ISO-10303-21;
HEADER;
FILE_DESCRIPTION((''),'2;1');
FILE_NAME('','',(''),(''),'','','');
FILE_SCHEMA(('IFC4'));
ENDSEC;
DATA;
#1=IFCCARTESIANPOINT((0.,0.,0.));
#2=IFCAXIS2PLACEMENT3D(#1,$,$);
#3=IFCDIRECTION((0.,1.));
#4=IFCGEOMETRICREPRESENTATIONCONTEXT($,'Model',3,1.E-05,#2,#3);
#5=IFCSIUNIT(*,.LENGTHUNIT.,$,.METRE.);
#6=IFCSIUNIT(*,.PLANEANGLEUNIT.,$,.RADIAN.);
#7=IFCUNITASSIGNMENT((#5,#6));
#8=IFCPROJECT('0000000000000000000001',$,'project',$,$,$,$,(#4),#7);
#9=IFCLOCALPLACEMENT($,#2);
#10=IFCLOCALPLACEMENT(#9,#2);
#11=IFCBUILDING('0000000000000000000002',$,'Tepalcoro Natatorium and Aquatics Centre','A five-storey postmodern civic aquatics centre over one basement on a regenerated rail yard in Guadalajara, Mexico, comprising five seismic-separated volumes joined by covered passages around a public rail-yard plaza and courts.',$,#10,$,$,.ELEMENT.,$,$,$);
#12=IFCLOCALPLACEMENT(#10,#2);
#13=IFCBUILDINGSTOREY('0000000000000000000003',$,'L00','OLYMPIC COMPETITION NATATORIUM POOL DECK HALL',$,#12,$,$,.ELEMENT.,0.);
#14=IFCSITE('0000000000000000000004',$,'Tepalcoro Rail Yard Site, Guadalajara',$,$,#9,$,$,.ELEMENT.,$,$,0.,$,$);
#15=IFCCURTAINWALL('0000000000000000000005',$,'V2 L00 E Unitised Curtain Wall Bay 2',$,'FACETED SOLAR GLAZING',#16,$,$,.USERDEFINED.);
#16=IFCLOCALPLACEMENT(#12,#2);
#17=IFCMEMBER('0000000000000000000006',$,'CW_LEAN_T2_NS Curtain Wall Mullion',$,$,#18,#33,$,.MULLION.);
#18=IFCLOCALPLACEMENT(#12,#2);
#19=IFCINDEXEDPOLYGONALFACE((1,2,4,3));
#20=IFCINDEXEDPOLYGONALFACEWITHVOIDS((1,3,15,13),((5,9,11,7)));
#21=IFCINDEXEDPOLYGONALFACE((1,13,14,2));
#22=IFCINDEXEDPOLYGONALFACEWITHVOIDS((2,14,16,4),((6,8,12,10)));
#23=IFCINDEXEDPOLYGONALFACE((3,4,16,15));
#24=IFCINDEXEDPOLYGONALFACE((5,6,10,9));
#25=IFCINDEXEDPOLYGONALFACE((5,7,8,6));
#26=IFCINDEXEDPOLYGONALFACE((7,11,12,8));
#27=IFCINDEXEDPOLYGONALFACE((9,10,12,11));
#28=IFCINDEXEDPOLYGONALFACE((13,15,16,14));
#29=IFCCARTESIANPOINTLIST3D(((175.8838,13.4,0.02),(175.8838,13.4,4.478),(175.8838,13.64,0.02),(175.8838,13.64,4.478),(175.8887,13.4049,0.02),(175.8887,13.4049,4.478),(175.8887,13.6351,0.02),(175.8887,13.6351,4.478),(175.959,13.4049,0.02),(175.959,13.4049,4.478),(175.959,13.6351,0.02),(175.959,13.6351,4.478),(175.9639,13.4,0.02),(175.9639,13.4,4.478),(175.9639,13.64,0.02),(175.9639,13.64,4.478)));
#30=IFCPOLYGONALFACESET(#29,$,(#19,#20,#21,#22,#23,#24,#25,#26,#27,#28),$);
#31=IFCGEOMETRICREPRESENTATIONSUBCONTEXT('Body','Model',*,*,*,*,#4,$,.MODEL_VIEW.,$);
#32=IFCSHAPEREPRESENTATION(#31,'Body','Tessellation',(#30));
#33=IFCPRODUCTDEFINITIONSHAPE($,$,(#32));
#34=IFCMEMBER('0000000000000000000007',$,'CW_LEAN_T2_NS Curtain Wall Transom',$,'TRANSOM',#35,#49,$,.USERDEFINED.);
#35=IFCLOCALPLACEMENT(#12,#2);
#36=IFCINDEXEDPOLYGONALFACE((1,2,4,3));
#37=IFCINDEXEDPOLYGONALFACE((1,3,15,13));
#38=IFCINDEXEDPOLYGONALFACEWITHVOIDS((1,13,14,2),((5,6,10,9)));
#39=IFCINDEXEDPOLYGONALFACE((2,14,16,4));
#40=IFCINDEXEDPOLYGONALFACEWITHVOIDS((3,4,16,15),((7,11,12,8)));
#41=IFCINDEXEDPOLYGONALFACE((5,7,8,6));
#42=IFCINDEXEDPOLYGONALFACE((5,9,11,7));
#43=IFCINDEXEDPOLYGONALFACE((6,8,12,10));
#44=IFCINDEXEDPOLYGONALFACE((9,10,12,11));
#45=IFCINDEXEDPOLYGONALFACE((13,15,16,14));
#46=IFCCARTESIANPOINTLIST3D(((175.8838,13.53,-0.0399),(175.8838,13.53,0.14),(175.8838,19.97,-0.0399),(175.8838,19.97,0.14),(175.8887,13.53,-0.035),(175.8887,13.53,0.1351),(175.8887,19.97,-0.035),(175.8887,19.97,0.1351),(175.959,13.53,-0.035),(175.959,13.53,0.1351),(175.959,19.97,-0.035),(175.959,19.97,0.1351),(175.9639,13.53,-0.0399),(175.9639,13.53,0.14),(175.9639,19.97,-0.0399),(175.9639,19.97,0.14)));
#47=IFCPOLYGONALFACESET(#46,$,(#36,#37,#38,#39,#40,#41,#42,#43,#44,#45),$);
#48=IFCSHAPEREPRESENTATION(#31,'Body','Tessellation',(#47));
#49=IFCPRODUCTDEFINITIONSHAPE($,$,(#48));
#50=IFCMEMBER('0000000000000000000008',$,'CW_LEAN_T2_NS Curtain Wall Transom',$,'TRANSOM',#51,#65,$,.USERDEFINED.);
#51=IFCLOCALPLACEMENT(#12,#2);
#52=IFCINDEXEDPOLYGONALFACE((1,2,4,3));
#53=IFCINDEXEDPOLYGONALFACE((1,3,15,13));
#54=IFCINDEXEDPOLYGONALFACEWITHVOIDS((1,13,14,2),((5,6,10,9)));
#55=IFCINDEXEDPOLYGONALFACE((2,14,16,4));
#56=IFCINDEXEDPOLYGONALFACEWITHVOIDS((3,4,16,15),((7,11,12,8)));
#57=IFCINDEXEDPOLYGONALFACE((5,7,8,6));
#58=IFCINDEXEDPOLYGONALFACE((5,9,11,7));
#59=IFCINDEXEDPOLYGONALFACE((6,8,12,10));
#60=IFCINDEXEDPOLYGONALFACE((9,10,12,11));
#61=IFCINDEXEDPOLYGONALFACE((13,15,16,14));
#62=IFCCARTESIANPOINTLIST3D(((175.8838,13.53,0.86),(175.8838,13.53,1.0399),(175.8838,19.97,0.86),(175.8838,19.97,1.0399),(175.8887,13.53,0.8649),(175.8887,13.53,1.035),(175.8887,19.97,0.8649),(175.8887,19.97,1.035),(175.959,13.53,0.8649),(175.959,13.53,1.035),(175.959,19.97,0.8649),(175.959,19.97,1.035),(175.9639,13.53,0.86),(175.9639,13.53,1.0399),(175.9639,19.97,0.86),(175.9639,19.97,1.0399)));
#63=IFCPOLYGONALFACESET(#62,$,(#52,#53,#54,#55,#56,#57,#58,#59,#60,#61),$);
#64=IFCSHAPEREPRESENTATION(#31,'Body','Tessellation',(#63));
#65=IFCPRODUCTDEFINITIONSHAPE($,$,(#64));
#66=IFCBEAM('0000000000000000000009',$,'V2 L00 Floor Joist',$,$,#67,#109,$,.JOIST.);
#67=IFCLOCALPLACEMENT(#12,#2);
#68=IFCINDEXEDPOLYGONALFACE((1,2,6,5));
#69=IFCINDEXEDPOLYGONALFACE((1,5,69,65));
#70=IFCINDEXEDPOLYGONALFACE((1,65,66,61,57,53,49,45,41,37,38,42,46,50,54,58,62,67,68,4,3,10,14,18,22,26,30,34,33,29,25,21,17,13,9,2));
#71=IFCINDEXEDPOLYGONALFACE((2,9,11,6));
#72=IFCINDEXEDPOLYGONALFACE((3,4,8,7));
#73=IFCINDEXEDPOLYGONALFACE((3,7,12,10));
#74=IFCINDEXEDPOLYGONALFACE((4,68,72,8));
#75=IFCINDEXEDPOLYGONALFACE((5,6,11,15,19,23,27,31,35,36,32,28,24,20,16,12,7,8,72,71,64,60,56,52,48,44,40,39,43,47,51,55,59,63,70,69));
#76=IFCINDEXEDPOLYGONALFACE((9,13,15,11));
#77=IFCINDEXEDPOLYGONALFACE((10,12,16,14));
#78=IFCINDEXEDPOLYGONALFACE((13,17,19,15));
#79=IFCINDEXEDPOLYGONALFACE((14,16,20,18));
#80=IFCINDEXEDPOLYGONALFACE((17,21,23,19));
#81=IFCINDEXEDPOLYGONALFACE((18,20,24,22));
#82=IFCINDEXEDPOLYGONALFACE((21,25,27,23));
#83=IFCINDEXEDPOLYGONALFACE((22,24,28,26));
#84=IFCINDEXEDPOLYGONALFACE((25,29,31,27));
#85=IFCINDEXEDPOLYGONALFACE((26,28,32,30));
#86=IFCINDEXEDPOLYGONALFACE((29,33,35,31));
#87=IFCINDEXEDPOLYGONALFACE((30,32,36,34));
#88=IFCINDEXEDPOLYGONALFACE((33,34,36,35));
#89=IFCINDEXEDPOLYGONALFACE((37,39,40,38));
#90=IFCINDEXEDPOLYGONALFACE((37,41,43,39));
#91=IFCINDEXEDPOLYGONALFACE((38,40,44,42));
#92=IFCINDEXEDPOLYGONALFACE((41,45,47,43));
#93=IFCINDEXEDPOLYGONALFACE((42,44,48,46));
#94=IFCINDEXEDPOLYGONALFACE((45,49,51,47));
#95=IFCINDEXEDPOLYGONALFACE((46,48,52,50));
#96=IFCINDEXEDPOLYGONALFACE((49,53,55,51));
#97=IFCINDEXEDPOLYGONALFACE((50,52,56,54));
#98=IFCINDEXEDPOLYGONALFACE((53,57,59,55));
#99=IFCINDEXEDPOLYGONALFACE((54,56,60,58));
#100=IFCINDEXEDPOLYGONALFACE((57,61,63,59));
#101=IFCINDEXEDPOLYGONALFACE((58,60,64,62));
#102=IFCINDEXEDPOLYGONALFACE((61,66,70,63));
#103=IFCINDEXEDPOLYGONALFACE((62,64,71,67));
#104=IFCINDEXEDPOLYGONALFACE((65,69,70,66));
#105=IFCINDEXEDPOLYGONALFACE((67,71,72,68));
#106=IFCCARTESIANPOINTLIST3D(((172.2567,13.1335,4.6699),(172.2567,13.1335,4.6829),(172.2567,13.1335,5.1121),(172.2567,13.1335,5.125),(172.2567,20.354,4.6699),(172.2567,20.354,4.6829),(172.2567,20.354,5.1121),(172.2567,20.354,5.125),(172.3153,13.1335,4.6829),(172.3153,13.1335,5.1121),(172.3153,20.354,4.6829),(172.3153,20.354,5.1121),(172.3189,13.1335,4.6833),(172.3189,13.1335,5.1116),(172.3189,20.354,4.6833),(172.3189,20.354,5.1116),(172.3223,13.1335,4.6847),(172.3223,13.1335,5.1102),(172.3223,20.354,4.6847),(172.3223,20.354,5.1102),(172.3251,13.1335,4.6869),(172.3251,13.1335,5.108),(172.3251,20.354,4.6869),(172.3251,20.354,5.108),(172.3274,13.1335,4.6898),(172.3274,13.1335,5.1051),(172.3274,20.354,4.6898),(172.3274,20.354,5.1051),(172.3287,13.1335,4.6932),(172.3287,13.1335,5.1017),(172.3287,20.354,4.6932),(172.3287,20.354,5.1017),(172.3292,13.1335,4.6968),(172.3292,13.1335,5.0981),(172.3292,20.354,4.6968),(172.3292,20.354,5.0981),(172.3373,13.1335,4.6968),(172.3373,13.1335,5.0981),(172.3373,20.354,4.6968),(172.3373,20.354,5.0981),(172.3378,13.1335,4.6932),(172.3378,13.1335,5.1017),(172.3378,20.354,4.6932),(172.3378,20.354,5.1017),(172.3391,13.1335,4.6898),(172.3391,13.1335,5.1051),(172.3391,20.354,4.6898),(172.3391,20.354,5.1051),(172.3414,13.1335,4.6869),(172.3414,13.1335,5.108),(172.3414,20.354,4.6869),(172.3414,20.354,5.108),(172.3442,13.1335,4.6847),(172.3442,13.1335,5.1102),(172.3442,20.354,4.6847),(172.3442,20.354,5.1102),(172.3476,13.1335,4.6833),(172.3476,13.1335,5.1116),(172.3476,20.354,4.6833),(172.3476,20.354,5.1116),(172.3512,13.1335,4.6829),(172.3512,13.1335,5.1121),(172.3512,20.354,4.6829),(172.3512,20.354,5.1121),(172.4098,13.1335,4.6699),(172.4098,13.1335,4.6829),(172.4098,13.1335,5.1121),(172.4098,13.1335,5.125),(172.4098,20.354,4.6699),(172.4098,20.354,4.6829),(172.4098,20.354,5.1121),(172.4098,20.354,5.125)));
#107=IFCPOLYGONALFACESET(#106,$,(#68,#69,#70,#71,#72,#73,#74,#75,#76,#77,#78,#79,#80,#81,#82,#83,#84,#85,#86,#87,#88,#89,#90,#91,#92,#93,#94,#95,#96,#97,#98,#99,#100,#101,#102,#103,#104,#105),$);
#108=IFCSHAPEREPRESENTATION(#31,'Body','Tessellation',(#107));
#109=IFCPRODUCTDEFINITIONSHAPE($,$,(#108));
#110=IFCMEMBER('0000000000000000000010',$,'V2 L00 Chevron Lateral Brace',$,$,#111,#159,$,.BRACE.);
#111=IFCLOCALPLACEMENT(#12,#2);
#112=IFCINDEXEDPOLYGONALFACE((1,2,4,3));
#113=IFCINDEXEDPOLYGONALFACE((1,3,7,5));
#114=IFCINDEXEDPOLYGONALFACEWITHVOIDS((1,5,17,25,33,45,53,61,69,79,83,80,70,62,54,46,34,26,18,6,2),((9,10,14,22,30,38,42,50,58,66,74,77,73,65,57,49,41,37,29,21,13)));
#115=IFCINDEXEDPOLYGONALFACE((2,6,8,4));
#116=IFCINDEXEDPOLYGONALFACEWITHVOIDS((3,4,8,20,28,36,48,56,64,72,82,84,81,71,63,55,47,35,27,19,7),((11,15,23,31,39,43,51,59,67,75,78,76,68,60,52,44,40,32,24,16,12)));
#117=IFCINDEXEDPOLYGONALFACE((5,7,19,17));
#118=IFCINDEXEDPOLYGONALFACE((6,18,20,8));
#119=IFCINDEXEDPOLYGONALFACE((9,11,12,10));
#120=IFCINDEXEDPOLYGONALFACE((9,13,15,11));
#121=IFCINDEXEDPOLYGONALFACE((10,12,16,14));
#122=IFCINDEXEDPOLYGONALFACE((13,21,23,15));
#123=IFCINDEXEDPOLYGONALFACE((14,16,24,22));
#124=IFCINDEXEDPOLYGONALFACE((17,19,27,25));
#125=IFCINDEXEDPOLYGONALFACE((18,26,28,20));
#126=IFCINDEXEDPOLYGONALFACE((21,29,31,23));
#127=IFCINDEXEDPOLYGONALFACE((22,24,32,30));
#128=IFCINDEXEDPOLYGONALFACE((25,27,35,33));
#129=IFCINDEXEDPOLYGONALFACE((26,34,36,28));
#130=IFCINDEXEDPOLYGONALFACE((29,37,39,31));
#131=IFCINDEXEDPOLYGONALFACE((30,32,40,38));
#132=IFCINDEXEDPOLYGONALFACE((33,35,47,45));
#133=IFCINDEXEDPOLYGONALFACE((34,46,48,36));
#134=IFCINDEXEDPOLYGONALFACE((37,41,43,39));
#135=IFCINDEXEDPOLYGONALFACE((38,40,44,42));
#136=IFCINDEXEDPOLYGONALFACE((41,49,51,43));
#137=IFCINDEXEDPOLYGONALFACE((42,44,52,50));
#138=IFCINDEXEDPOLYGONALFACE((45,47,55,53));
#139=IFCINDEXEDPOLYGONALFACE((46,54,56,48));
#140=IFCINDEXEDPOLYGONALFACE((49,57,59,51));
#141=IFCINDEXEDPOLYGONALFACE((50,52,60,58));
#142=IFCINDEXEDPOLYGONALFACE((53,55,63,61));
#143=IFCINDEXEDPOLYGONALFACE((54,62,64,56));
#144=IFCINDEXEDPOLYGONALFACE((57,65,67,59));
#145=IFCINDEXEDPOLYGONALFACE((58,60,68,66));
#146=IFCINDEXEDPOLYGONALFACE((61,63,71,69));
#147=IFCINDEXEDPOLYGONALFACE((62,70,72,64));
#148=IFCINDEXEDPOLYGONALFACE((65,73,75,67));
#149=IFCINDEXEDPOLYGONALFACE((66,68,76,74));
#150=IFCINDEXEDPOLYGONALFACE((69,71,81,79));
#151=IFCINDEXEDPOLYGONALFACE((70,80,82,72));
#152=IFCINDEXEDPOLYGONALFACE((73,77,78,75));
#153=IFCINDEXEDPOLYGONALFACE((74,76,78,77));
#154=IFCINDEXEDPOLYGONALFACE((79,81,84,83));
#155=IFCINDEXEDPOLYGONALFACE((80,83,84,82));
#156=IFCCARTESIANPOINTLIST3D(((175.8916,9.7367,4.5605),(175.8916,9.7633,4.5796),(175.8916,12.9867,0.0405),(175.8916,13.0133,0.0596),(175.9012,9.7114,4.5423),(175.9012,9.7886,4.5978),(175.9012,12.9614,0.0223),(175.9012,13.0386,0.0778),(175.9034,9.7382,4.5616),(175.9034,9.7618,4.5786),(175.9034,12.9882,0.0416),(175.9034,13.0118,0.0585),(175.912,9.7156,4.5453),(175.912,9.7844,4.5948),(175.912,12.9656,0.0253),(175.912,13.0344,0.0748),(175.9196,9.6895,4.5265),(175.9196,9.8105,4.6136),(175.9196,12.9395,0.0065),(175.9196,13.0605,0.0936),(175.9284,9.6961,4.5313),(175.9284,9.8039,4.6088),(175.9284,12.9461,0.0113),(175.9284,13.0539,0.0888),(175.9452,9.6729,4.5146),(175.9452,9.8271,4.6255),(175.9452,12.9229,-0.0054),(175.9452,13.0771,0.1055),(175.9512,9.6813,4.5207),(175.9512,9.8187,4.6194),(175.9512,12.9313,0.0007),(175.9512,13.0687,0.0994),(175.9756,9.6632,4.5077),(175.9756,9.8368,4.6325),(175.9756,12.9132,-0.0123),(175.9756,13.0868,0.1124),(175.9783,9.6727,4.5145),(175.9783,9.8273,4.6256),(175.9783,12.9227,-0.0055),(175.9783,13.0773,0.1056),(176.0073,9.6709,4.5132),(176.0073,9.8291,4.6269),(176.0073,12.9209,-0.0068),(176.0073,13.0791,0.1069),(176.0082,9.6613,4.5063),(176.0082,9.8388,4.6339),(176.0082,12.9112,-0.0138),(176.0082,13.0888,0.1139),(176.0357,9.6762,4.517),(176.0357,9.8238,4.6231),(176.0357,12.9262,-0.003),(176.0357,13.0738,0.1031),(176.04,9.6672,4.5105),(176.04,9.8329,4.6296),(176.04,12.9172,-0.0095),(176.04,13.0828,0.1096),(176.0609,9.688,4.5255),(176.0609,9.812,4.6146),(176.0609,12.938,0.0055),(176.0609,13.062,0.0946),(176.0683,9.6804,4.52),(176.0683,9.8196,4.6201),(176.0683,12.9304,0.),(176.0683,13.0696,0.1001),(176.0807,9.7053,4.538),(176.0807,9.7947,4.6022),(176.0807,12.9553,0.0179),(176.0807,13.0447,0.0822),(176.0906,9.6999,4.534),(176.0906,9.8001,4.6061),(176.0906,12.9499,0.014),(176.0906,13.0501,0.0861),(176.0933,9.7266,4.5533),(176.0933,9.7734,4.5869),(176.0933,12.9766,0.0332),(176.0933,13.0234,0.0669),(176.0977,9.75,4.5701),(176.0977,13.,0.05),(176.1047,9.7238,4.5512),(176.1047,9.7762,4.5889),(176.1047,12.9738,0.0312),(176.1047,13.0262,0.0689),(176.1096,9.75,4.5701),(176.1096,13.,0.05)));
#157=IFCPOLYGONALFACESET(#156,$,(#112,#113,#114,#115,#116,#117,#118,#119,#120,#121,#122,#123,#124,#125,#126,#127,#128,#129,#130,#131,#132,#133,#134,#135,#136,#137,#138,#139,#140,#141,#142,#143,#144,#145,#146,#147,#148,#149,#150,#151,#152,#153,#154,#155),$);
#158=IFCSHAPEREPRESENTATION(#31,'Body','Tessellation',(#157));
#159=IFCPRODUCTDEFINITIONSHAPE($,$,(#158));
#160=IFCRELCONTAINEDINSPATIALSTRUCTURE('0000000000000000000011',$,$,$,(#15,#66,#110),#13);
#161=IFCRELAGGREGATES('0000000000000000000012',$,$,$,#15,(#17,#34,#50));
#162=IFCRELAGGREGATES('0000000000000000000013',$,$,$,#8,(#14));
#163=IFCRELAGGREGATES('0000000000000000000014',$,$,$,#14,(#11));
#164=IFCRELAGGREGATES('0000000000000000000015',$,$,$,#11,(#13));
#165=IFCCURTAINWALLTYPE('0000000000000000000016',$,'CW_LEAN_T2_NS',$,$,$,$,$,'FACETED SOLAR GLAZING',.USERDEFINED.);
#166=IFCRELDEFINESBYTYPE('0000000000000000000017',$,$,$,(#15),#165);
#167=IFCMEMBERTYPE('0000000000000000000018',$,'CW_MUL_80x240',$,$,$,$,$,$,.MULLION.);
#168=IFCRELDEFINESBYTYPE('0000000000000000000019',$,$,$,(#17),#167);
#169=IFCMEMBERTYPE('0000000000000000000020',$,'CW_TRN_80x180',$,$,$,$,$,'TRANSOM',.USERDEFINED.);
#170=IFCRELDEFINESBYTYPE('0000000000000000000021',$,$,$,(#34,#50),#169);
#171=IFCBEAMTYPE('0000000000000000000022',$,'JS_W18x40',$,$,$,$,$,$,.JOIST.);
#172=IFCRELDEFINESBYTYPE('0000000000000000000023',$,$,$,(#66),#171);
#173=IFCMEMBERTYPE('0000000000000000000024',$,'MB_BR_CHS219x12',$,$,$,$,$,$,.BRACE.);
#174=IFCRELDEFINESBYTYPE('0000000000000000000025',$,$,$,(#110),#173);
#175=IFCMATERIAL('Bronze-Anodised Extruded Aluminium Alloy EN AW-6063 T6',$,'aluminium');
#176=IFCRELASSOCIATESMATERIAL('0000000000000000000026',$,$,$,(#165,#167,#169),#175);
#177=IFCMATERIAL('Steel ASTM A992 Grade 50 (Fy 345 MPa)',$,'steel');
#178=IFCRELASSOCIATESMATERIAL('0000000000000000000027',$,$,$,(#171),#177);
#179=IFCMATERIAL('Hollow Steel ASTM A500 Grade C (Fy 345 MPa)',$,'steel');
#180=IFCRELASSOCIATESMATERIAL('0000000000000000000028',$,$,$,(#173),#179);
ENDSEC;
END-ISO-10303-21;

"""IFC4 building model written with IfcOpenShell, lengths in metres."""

from ifc_helpers import new_model, si_unit, direction, frame, origin, origin_2d, place, context, subcontext, project, spatial, hollow_rectangle, hollow_circle, i_section, extrude, material, material_profile, profile_set, type_object, element, aggregate, save


model = new_model("IFC4")

# Units and contexts
model_context = context("Model", 3, precision=1e-05, world=origin(), true_north=direction((0.0, 1.0)))
body_context = subcontext(model_context, "Body", "Model", "MODEL_VIEW")
ifc_project = project(units=[si_unit("LENGTHUNIT", "METRE"), si_unit("PLANEANGLEUNIT", "RADIAN")], contexts=[model_context])

# Site, building, storey
site_placement = place(None, origin())
site = spatial("IfcSite", under=ifc_project, at=site_placement, Name="Tepalcoro Rail Yard Site, Guadalajara", CompositionType="ELEMENT", RefElevation=0.0)
building_placement = place(site_placement, origin())
building = spatial("IfcBuilding", under=site, at=building_placement, Name="Tepalcoro Natatorium and Aquatics Centre", Description="A five-storey postmodern civic aquatics centre over one basement on a regenerated rail yard in Guadalajara, Mexico, comprising five seismic-separated volumes joined by covered passages around a public rail-yard plaza and courts.", CompositionType="ELEMENT")
storey_placement = place(building_placement, origin())
storey = spatial("IfcBuildingStorey", under=building, at=storey_placement, Name="L00", Description="OLYMPIC COMPETITION NATATORIUM POOL DECK HALL", CompositionType="ELEMENT", Elevation=0.0)

# Shared definitions
ifc_material_1 = material(Name="Steel ASTM A992 Grade 50 (Fy 345 MPa)", Category="steel")

# Curtain wall, members
ifc_material_2 = material(Name="Bronze-Anodised Extruded Aluminium Alloy EN AW-6063 T6", Category="aluminium")
curtain_wall_type = type_object("IfcCurtainWallType", Name="CW_LEAN_T2_NS", ElementType="FACETED SOLAR GLAZING", PredefinedType="USERDEFINED", material=ifc_material_2)
curtain_wall_placement = place(storey_placement, origin())
curtain_wall = element("IfcCurtainWall", 1, at=curtain_wall_placement, inside=storey, type_object=curtain_wall_type, Name="V2 L00 E Unitised Curtain Wall Bay 2", ObjectType="FACETED SOLAR GLAZING", PredefinedType="USERDEFINED")
ifc_material_profile_1 = material_profile(ifc_material_2, hollow_rectangle(XDim=0.0801, YDim=0.24, WallThickness=0.0049, at=origin_2d()), Name="AL80X240X5")
ifc_profile_set_1 = profile_set([ifc_material_profile_1], Name="Bronze-Anodised Extruded Aluminium Alloy EN AW-6063 T6")
member_type_1 = type_object("IfcMemberType", Name="CW_MUL_80x240", PredefinedType="MULLION", material=ifc_profile_set_1)
member_1_placement = place(storey_placement, frame((175.9238, 13.52, 0.02), z_axis=(0.0, 0.0, 1.0), x_axis=(1.0, 0.0, 0.0)))
member_1 = element("IfcMember", 2, at=member_1_placement, type_object=member_type_1, Name="CW_LEAN_T2_NS Curtain Wall Mullion", PredefinedType="MULLION", context=body_context, shape_type="SweptSolid", body=[
    extrude(hollow_rectangle(XDim=0.0801, YDim=0.24, WallThickness=0.0049, at=origin_2d()), origin(), (0.0, 0.0, 1.0), 4.458),
])
ifc_material_profile_2 = material_profile(ifc_material_2, hollow_rectangle(XDim=0.0801, YDim=0.1799, WallThickness=0.0049, at=origin_2d()), Name="AL80X180X5")
ifc_profile_set_2 = profile_set([ifc_material_profile_2], Name="Bronze-Anodised Extruded Aluminium Alloy EN AW-6063 T6")
member_type_2 = type_object("IfcMemberType", Name="CW_TRN_80x180", ElementType="TRANSOM", PredefinedType="USERDEFINED", material=ifc_profile_set_2)
member_2_placement = place(storey_placement, frame((175.9238, 13.53, 0.05), z_axis=(0.0, 1.0, 0.0), x_axis=(-1.0, 0.0, 0.0)))
member_2 = element("IfcMember", 3, at=member_2_placement, type_object=member_type_2, Name="CW_LEAN_T2_NS Curtain Wall Transom", ObjectType="TRANSOM", PredefinedType="USERDEFINED", context=body_context, shape_type="SweptSolid", body=[
    extrude(hollow_rectangle(XDim=0.0801, YDim=0.1799, WallThickness=0.0049, at=origin_2d()), origin(), (0.0, 0.0, 1.0), 6.4399),
])
member_3_placement = place(storey_placement, frame((175.9238, 13.53, 0.95), z_axis=(0.0, 1.0, 0.0), x_axis=(-1.0, 0.0, 0.0)))
member_3 = element("IfcMember", 4, at=member_3_placement, type_object=member_type_2, Name="CW_LEAN_T2_NS Curtain Wall Transom", ObjectType="TRANSOM", PredefinedType="USERDEFINED", context=body_context, shape_type="SweptSolid", body=[
    extrude(hollow_rectangle(XDim=0.0801, YDim=0.1799, WallThickness=0.0049, at=origin_2d()), origin(), (0.0, 0.0, 1.0), 6.4399),
])
aggregate(curtain_wall, [member_1, member_2, member_3])

# Beam
ifc_material_profile_3 = material_profile(ifc_material_1, i_section(OverallWidth=0.1531, OverallDepth=0.4551, WebThickness=0.0081, FlangeThickness=0.0129, FilletRadius=0.0139, at=origin_2d()), Name="W18X40")
ifc_profile_set_3 = profile_set([ifc_material_profile_3], Name="Steel ASTM A992 Grade 50 (Fy 345 MPa)")
beam_type_1 = type_object("IfcBeamType", Name="JS_W18x40", PredefinedType="JOIST", material=ifc_profile_set_3)
beam_1_placement = place(storey_placement, frame((172.3333, 13.1335, 4.8975), z_axis=(0.0, 1.0, 0.0), x_axis=(-1.0, 0.0, 0.0)))
element("IfcBeam", 5, at=beam_1_placement, inside=storey, type_object=beam_type_1, Name="V2 L00 Floor Joist", PredefinedType="JOIST", context=body_context, shape_type="SweptSolid", body=[
    extrude(i_section(OverallWidth=0.1531, OverallDepth=0.4551, WebThickness=0.0081, FlangeThickness=0.0129, FilletRadius=0.0139, at=origin_2d()), origin(), (0.0, 0.0, 1.0), 7.2205),
])

# Member
ifc_material_3 = material(Name="Hollow Steel ASTM A500 Grade C (Fy 345 MPa)", Category="steel")
ifc_material_profile_4 = material_profile(ifc_material_3, hollow_circle(Radius=0.1096, WallThickness=0.012, at=origin_2d()), Name="CHS219X12")
ifc_profile_set_4 = profile_set([ifc_material_profile_4], Name="Hollow Steel ASTM A500 Grade C (Fy 345 MPa)")
member_type_3 = type_object("IfcMemberType", Name="MB_BR_CHS219x12", PredefinedType="BRACE", material=ifc_profile_set_4)
member_4_placement = place(storey_placement, frame((176.0, 13.0, 0.05), z_axis=(0.0, -0.583782, 0.81191), x_axis=(1.0, 0.0, 0.0)))
element("IfcMember", 6, at=member_4_placement, inside=storey, type_object=member_type_3, Name="V2 L00 Chevron Lateral Brace", PredefinedType="BRACE", context=body_context, shape_type="SweptSolid", body=[
    extrude(hollow_circle(Radius=0.1096, WallThickness=0.012, at=origin_2d()), origin(), (0.0, 0.0, 1.0), 5.5671),
])

save(model, "model.ifc")
